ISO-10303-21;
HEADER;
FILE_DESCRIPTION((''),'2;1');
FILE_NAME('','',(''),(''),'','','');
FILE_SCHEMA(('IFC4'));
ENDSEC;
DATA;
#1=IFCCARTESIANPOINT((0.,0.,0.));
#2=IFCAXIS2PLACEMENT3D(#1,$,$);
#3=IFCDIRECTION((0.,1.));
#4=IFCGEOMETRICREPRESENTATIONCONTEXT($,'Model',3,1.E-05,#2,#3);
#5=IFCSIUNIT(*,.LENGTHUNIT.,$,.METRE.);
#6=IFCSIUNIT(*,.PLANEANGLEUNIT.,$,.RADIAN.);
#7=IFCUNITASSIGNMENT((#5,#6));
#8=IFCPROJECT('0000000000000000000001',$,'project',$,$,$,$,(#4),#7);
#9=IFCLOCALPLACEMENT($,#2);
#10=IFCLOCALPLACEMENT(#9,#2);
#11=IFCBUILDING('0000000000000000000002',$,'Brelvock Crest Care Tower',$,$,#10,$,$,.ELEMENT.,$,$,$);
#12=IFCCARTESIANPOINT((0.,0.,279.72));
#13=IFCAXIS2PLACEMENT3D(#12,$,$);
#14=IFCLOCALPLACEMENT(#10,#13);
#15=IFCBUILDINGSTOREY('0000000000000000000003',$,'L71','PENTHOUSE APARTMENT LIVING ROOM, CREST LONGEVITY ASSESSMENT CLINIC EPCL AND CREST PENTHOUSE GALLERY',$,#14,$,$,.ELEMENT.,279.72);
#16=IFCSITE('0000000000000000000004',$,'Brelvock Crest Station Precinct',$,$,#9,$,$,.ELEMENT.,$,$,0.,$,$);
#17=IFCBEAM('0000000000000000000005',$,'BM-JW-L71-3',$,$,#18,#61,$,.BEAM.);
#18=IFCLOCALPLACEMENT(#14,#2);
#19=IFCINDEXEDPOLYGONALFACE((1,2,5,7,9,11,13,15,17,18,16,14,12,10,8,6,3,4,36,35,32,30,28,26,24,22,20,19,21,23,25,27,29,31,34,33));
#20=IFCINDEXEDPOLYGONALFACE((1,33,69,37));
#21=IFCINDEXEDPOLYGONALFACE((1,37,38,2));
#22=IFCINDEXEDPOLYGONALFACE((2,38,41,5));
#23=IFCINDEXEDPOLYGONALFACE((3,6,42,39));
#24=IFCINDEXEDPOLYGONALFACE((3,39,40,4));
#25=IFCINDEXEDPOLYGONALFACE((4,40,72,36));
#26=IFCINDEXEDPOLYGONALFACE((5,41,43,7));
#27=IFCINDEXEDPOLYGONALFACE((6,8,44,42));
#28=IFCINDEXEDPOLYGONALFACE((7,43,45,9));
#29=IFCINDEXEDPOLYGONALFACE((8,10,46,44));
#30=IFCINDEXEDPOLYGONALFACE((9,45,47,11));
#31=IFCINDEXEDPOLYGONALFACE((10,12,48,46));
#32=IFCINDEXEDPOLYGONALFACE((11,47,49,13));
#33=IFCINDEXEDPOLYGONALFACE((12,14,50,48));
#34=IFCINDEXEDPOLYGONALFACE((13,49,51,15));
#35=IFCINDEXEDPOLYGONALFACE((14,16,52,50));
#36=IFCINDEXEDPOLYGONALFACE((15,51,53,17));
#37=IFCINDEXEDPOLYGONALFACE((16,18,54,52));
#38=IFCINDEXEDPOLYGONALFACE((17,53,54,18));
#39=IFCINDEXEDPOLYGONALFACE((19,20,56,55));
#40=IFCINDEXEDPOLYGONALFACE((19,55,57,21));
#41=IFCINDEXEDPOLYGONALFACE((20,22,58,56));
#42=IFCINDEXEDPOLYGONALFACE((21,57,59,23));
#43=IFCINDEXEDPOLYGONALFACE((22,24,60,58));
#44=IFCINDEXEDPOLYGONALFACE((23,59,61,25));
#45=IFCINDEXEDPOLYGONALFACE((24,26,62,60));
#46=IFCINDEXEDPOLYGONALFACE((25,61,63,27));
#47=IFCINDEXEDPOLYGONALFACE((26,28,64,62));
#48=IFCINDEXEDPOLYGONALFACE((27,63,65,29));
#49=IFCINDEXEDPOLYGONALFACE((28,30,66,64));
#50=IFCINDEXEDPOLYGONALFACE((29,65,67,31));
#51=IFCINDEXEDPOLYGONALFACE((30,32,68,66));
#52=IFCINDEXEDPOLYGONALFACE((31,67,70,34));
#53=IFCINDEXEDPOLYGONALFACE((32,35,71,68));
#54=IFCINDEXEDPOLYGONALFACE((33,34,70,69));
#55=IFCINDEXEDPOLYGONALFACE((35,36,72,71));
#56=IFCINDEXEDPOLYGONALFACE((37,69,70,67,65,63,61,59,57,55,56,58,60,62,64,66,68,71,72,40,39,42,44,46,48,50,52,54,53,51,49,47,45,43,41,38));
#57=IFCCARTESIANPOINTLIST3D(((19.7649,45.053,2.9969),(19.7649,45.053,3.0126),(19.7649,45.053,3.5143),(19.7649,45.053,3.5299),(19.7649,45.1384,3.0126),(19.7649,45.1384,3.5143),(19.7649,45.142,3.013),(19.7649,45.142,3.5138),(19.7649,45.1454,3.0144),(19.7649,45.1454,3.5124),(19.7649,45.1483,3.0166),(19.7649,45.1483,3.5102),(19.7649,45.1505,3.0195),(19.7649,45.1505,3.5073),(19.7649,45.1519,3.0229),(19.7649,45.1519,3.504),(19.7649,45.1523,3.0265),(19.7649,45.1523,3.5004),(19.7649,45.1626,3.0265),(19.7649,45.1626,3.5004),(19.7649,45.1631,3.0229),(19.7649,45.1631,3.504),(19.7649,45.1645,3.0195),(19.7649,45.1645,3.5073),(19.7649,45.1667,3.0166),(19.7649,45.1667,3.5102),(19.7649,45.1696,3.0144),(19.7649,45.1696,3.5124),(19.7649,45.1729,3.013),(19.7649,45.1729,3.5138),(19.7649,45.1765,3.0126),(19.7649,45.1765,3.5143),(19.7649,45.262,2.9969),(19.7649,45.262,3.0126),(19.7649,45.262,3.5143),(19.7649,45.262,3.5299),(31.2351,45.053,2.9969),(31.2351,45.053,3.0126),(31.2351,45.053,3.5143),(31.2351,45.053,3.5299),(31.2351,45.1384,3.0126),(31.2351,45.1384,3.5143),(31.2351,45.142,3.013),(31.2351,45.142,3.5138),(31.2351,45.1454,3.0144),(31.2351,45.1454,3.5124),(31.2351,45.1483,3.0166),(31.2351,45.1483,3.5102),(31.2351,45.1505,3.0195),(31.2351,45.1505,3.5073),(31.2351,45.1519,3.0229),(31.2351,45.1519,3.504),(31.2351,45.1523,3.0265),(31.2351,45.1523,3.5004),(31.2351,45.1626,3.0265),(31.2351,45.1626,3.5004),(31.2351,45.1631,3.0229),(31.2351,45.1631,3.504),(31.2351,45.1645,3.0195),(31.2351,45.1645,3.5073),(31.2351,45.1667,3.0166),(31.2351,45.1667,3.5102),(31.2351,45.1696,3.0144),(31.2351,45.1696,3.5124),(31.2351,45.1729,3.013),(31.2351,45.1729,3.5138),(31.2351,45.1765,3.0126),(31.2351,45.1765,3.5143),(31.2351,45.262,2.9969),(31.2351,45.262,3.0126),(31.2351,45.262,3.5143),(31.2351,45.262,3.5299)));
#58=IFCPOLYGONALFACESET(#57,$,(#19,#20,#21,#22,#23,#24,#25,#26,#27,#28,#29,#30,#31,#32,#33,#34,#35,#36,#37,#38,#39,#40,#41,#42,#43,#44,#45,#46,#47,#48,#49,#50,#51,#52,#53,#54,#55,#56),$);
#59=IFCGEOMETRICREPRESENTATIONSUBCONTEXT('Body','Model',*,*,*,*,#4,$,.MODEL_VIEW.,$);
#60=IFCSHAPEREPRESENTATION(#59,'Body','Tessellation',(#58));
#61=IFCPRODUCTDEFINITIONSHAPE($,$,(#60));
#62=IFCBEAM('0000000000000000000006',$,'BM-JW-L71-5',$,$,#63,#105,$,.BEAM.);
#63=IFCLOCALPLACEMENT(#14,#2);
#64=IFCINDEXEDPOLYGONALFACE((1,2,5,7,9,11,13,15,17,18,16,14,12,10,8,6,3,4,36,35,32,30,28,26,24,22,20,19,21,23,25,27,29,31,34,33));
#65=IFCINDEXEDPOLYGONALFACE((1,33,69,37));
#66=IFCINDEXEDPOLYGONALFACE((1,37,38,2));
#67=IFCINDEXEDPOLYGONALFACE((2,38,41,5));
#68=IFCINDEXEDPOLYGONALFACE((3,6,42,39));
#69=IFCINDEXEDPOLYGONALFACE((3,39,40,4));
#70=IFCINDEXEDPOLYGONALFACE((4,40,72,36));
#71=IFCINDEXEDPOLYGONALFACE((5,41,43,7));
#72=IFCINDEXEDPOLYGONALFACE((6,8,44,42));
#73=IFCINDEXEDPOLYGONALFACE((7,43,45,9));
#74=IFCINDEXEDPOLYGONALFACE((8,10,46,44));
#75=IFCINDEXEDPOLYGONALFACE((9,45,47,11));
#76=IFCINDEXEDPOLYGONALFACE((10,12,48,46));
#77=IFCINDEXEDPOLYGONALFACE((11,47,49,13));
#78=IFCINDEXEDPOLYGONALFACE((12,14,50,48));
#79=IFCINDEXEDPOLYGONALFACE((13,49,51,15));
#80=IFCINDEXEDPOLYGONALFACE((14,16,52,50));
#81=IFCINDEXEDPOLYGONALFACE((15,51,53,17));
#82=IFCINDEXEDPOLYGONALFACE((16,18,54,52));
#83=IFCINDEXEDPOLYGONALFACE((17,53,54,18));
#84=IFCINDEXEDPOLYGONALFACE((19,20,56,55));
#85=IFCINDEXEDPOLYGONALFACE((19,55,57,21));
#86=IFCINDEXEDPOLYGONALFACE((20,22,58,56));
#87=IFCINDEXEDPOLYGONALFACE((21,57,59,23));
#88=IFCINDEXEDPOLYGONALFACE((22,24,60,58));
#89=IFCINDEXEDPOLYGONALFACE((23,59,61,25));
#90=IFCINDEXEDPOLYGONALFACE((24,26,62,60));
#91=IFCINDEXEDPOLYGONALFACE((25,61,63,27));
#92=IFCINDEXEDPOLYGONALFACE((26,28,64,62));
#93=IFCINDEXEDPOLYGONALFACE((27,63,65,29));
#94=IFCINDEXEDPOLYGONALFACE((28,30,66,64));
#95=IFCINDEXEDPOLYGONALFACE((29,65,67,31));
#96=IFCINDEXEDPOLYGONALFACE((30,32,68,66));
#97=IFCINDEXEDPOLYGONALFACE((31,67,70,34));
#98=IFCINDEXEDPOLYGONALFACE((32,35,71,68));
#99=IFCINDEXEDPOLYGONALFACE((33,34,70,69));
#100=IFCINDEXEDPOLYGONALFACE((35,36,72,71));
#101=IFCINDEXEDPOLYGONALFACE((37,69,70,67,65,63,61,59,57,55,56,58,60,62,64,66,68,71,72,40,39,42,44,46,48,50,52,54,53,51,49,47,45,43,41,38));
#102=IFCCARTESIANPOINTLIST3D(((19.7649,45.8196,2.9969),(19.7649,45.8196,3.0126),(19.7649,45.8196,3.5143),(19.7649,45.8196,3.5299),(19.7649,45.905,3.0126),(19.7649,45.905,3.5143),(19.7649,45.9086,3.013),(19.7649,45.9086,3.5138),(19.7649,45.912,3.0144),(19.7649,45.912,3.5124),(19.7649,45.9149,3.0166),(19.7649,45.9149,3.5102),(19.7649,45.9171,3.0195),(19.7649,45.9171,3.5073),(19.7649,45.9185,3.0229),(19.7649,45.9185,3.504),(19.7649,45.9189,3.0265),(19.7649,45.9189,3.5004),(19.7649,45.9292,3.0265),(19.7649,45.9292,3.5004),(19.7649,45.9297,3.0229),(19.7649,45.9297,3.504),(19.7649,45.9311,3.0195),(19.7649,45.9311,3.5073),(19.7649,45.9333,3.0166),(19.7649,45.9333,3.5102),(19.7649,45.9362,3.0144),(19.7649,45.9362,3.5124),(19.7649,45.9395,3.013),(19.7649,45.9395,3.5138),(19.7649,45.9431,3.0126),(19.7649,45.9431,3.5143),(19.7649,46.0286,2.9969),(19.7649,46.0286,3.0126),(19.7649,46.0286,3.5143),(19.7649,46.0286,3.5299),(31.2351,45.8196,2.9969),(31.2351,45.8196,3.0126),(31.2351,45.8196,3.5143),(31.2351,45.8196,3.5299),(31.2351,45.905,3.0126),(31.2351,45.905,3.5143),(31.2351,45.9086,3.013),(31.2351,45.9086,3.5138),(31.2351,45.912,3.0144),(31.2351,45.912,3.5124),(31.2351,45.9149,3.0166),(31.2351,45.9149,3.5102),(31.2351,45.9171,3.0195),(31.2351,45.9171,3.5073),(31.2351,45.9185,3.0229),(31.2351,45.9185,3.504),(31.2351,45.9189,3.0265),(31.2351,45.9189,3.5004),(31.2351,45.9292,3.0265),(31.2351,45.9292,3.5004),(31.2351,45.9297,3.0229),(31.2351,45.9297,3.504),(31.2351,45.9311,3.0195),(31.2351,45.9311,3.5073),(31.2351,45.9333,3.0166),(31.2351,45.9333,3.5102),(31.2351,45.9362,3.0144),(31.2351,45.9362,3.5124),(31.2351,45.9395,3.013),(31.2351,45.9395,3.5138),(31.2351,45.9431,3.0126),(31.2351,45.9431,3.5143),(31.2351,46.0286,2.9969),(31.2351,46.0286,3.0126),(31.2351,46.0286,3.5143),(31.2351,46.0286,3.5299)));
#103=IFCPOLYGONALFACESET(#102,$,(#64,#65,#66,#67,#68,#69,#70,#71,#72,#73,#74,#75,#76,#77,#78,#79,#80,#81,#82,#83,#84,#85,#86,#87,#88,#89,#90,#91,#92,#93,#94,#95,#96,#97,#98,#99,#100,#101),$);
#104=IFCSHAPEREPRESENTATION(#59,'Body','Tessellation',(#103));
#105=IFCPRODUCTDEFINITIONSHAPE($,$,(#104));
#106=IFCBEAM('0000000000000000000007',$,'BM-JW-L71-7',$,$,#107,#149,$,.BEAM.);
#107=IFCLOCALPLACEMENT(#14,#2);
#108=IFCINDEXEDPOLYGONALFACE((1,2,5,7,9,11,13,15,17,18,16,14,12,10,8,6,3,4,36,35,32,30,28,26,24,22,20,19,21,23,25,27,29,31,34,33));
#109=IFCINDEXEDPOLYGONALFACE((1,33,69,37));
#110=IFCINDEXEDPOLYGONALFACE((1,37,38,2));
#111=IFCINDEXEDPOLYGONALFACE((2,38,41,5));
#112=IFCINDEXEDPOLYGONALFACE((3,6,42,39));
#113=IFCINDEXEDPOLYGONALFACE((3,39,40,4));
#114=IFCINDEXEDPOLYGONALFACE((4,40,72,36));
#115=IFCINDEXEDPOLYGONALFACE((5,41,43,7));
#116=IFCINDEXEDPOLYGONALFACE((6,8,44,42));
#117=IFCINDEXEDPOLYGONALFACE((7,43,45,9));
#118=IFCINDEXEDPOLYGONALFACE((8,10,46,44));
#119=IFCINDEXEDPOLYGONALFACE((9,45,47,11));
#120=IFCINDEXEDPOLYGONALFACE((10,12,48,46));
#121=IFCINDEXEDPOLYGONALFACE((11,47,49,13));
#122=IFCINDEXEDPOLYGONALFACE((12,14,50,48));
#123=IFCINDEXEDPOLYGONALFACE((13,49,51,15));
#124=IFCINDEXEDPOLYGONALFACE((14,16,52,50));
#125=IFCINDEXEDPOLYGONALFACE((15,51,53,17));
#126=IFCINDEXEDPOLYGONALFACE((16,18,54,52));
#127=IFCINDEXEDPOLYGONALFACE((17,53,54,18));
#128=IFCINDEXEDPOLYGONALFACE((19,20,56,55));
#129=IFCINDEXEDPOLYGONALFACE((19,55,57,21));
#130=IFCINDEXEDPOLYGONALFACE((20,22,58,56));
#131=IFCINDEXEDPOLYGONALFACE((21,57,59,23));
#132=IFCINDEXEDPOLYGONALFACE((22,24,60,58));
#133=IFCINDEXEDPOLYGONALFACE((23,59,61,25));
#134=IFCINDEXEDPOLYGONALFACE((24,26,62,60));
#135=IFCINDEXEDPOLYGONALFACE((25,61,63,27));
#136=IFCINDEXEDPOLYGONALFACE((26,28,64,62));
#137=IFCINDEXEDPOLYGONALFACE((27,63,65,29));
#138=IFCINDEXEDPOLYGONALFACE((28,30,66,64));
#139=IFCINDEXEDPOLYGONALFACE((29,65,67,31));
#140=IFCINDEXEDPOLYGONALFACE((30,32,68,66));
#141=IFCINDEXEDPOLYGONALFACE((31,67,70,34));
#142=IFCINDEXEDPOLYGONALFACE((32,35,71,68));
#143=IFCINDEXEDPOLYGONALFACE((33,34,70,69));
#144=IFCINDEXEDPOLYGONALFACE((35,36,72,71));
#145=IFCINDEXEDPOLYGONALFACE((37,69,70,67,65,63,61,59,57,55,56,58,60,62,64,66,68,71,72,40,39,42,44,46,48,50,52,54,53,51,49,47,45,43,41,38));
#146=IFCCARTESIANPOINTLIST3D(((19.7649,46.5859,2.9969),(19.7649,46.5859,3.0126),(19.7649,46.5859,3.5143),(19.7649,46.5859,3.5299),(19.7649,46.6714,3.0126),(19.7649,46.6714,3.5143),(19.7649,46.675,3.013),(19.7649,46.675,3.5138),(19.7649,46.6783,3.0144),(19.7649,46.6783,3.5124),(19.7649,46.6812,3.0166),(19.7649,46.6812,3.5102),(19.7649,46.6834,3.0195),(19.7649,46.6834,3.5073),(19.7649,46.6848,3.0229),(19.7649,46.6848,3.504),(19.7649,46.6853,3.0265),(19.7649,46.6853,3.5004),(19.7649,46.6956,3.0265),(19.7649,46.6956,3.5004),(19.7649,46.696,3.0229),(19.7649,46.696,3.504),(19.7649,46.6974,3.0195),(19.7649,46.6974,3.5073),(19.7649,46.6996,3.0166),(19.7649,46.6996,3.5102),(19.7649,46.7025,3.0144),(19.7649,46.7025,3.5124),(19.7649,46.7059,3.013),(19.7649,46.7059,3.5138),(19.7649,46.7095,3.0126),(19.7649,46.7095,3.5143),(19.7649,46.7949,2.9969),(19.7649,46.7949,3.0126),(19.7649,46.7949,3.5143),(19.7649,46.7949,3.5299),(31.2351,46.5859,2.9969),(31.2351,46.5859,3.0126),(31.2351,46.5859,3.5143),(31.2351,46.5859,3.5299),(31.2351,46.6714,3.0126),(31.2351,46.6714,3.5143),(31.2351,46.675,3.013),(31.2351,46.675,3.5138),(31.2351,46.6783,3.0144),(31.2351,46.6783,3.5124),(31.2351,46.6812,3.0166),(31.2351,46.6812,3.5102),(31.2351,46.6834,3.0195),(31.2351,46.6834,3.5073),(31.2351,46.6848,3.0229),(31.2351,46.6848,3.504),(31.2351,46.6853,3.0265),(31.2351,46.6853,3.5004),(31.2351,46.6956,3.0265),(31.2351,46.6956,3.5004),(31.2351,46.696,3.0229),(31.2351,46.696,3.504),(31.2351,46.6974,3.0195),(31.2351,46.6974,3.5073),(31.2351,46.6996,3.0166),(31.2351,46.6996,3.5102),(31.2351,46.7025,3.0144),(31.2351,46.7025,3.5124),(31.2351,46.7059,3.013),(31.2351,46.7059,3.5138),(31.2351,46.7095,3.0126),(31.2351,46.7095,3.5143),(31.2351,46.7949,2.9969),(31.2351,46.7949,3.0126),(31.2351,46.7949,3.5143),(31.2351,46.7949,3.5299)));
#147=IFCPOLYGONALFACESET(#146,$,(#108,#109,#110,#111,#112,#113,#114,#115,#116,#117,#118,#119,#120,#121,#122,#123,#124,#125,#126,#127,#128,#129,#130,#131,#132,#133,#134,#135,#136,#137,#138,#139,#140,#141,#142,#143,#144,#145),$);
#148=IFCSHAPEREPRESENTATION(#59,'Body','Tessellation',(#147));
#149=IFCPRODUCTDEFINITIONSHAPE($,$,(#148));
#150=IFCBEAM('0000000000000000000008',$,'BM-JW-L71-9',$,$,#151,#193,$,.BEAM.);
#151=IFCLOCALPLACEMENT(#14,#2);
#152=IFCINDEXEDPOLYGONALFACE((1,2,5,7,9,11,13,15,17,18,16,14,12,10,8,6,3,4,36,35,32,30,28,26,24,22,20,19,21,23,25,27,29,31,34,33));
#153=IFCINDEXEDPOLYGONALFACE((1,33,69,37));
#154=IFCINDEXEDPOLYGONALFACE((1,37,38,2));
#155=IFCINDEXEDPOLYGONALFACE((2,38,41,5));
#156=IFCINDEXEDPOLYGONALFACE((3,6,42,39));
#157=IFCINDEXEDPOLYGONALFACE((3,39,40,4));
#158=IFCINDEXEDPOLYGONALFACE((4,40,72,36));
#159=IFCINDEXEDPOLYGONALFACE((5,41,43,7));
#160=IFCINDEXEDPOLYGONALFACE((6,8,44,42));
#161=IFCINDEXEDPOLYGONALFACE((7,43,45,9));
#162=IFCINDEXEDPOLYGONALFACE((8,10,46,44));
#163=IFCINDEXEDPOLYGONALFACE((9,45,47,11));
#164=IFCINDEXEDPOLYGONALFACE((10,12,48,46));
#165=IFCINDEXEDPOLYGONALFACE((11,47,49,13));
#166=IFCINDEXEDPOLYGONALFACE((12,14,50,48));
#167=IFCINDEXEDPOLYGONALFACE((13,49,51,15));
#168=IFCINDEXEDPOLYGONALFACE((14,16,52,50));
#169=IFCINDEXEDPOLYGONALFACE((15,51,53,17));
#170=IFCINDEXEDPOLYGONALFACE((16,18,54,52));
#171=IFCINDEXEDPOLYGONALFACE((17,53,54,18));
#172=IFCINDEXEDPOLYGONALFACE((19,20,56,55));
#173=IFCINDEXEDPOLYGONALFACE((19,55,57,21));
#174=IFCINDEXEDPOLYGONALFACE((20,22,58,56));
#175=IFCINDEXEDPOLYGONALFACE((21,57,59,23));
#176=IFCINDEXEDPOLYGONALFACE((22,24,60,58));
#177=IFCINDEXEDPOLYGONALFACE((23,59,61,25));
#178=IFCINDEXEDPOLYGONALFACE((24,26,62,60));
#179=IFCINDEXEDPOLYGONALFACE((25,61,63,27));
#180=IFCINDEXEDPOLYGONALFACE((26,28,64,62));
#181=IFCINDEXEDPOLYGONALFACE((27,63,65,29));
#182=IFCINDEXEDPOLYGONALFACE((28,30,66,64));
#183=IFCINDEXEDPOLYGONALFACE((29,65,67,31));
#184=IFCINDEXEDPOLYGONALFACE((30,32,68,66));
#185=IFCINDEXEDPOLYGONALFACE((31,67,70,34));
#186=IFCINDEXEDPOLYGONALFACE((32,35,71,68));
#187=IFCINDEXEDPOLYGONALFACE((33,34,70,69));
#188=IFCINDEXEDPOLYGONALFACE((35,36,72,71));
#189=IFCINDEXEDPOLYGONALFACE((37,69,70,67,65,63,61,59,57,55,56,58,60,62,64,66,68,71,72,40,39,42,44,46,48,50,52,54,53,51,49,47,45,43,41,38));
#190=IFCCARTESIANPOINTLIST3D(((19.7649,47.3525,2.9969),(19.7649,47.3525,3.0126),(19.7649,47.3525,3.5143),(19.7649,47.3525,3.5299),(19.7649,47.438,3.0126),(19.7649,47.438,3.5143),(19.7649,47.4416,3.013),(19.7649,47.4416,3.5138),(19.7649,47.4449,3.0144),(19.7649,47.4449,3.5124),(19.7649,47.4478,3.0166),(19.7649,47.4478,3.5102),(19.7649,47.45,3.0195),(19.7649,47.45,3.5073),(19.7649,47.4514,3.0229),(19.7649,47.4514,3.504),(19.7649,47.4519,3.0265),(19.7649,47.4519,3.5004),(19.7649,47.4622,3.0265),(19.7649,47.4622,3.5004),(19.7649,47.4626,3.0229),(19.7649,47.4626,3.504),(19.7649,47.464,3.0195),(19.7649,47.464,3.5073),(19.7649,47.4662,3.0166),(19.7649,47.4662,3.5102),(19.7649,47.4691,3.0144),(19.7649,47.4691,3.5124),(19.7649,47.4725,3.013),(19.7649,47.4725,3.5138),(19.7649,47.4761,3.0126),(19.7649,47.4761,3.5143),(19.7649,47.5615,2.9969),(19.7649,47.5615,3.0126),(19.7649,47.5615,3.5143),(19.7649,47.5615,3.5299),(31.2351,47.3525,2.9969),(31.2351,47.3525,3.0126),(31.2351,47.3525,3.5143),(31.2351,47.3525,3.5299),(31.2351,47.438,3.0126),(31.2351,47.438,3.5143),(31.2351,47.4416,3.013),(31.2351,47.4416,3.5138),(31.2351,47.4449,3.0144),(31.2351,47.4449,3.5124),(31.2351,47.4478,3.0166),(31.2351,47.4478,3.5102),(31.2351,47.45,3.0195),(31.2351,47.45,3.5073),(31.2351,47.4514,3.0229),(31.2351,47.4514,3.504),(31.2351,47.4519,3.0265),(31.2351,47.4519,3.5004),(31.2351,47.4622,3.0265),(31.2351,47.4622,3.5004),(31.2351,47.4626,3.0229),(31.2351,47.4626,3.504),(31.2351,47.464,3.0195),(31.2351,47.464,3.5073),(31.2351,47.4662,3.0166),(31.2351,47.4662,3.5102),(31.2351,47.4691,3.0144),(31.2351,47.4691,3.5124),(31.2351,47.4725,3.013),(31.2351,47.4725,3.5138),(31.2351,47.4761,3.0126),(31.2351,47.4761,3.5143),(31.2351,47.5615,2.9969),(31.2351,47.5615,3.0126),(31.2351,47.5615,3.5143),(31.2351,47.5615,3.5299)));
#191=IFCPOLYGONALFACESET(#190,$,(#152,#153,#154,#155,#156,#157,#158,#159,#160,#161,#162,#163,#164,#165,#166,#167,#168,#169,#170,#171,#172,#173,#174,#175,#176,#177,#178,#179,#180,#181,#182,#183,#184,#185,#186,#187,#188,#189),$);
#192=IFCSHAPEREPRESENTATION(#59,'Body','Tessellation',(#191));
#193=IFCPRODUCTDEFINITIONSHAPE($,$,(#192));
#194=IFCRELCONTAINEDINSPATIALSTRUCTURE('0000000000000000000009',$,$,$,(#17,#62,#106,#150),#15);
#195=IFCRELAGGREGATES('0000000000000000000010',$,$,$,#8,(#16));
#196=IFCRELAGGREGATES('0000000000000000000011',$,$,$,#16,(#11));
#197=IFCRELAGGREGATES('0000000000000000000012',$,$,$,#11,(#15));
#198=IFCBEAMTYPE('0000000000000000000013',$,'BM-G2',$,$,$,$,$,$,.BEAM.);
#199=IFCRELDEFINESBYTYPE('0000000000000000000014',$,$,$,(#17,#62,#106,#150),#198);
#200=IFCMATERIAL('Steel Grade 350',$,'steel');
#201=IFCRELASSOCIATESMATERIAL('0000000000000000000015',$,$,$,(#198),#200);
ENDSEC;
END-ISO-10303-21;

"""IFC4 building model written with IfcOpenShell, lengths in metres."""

from ifc_helpers import new_model, si_unit, direction, frame, origin, origin_2d, place, context, subcontext, project, spatial, i_section, extrude, source, transform, mapped, material, material_profile, profile_set, type_object, element, save


model = new_model("IFC4")

# Units and contexts
model_context = context("Model", 3, precision=1e-05, world=origin(), true_north=direction((0.0, 1.0)))
body_context = subcontext(model_context, "Body", "Model", "MODEL_VIEW")
ifc_project = project(units=[si_unit("LENGTHUNIT", "METRE"), si_unit("PLANEANGLEUNIT", "RADIAN")], contexts=[model_context])

# Site, building, storey
site_placement = place(None, origin())
site = spatial("IfcSite", under=ifc_project, at=site_placement, Name="Brelvock Crest Station Precinct", CompositionType="ELEMENT", RefElevation=0.0)
building_placement = place(site_placement, origin())
building = spatial("IfcBuilding", under=site, at=building_placement, Name="Brelvock Crest Care Tower", CompositionType="ELEMENT")
storey_placement = place(building_placement, frame((0.0, 0.0, 279.72)))
storey = spatial("IfcBuildingStorey", under=building, at=storey_placement, Name="L71", Description="PENTHOUSE APARTMENT LIVING ROOM, CREST LONGEVITY ASSESSMENT CLINIC EPCL AND CREST PENTHOUSE GALLERY", CompositionType="ELEMENT", Elevation=279.72)

# Beams
ifc_material_1 = material(Name="Steel Grade 350", Category="steel")
ifc_material_profile_1 = material_profile(ifc_material_1, i_section(OverallWidth=0.209, OverallDepth=0.533, WebThickness=0.0103, FlangeThickness=0.0156, FilletRadius=0.0139, at=origin_2d()), Name="530UB92.4")
ifc_profile_set_1 = profile_set([ifc_material_profile_1], Name="Steel Grade 350")
beam_type_1 = type_object("IfcBeamType", Name="BM-G2", PredefinedType="BEAM", material=ifc_profile_set_1)
shared_shape_1 = source(origin(), body_context, "Body", "SweptSolid", [
    extrude(i_section(OverallWidth=0.209, OverallDepth=0.533, WebThickness=0.0103, FlangeThickness=0.0156, FilletRadius=0.0139, at=origin_2d()), origin(), (0.0, 0.0, 1.0), 11.4702),
])
for number, where, z_axis, x_axis, name in (
    (1, (19.7649, 45.1575, 3.2634), (1.0, 0.0, 0.0), (0.0, 1.0, 0.0), "BM-JW-L71-3"),
    (2, (19.7649, 45.9241, 3.2634), (1.0, 0.0, 0.0), (0.0, 1.0, 0.0), "BM-JW-L71-5"),
    (3, (19.7649, 46.6904, 3.2634), (1.0, 0.0, 0.0), (0.0, 1.0, 0.0), "BM-JW-L71-7"),
    (4, (19.7649, 47.457, 3.2634), (1.0, 0.0, 0.0), (0.0, 1.0, 0.0), "BM-JW-L71-9"),
):
    element("IfcBeam", number, at=place(storey_placement, frame(where, z_axis=z_axis, x_axis=x_axis)), inside=storey, type_object=beam_type_1, Name=name, PredefinedType="BEAM", context=body_context, shape_type="MappedRepresentation", body=[
        mapped(shared_shape_1, transform((0.0, 0.0, 0.0), x_axis=(1.0, 0.0, 0.0), y_axis=(0.0, 1.0, 0.0), z_axis=(0.0, 0.0, 1.0), scale=1.0)),
    ])

save(model, "model.ifc")
